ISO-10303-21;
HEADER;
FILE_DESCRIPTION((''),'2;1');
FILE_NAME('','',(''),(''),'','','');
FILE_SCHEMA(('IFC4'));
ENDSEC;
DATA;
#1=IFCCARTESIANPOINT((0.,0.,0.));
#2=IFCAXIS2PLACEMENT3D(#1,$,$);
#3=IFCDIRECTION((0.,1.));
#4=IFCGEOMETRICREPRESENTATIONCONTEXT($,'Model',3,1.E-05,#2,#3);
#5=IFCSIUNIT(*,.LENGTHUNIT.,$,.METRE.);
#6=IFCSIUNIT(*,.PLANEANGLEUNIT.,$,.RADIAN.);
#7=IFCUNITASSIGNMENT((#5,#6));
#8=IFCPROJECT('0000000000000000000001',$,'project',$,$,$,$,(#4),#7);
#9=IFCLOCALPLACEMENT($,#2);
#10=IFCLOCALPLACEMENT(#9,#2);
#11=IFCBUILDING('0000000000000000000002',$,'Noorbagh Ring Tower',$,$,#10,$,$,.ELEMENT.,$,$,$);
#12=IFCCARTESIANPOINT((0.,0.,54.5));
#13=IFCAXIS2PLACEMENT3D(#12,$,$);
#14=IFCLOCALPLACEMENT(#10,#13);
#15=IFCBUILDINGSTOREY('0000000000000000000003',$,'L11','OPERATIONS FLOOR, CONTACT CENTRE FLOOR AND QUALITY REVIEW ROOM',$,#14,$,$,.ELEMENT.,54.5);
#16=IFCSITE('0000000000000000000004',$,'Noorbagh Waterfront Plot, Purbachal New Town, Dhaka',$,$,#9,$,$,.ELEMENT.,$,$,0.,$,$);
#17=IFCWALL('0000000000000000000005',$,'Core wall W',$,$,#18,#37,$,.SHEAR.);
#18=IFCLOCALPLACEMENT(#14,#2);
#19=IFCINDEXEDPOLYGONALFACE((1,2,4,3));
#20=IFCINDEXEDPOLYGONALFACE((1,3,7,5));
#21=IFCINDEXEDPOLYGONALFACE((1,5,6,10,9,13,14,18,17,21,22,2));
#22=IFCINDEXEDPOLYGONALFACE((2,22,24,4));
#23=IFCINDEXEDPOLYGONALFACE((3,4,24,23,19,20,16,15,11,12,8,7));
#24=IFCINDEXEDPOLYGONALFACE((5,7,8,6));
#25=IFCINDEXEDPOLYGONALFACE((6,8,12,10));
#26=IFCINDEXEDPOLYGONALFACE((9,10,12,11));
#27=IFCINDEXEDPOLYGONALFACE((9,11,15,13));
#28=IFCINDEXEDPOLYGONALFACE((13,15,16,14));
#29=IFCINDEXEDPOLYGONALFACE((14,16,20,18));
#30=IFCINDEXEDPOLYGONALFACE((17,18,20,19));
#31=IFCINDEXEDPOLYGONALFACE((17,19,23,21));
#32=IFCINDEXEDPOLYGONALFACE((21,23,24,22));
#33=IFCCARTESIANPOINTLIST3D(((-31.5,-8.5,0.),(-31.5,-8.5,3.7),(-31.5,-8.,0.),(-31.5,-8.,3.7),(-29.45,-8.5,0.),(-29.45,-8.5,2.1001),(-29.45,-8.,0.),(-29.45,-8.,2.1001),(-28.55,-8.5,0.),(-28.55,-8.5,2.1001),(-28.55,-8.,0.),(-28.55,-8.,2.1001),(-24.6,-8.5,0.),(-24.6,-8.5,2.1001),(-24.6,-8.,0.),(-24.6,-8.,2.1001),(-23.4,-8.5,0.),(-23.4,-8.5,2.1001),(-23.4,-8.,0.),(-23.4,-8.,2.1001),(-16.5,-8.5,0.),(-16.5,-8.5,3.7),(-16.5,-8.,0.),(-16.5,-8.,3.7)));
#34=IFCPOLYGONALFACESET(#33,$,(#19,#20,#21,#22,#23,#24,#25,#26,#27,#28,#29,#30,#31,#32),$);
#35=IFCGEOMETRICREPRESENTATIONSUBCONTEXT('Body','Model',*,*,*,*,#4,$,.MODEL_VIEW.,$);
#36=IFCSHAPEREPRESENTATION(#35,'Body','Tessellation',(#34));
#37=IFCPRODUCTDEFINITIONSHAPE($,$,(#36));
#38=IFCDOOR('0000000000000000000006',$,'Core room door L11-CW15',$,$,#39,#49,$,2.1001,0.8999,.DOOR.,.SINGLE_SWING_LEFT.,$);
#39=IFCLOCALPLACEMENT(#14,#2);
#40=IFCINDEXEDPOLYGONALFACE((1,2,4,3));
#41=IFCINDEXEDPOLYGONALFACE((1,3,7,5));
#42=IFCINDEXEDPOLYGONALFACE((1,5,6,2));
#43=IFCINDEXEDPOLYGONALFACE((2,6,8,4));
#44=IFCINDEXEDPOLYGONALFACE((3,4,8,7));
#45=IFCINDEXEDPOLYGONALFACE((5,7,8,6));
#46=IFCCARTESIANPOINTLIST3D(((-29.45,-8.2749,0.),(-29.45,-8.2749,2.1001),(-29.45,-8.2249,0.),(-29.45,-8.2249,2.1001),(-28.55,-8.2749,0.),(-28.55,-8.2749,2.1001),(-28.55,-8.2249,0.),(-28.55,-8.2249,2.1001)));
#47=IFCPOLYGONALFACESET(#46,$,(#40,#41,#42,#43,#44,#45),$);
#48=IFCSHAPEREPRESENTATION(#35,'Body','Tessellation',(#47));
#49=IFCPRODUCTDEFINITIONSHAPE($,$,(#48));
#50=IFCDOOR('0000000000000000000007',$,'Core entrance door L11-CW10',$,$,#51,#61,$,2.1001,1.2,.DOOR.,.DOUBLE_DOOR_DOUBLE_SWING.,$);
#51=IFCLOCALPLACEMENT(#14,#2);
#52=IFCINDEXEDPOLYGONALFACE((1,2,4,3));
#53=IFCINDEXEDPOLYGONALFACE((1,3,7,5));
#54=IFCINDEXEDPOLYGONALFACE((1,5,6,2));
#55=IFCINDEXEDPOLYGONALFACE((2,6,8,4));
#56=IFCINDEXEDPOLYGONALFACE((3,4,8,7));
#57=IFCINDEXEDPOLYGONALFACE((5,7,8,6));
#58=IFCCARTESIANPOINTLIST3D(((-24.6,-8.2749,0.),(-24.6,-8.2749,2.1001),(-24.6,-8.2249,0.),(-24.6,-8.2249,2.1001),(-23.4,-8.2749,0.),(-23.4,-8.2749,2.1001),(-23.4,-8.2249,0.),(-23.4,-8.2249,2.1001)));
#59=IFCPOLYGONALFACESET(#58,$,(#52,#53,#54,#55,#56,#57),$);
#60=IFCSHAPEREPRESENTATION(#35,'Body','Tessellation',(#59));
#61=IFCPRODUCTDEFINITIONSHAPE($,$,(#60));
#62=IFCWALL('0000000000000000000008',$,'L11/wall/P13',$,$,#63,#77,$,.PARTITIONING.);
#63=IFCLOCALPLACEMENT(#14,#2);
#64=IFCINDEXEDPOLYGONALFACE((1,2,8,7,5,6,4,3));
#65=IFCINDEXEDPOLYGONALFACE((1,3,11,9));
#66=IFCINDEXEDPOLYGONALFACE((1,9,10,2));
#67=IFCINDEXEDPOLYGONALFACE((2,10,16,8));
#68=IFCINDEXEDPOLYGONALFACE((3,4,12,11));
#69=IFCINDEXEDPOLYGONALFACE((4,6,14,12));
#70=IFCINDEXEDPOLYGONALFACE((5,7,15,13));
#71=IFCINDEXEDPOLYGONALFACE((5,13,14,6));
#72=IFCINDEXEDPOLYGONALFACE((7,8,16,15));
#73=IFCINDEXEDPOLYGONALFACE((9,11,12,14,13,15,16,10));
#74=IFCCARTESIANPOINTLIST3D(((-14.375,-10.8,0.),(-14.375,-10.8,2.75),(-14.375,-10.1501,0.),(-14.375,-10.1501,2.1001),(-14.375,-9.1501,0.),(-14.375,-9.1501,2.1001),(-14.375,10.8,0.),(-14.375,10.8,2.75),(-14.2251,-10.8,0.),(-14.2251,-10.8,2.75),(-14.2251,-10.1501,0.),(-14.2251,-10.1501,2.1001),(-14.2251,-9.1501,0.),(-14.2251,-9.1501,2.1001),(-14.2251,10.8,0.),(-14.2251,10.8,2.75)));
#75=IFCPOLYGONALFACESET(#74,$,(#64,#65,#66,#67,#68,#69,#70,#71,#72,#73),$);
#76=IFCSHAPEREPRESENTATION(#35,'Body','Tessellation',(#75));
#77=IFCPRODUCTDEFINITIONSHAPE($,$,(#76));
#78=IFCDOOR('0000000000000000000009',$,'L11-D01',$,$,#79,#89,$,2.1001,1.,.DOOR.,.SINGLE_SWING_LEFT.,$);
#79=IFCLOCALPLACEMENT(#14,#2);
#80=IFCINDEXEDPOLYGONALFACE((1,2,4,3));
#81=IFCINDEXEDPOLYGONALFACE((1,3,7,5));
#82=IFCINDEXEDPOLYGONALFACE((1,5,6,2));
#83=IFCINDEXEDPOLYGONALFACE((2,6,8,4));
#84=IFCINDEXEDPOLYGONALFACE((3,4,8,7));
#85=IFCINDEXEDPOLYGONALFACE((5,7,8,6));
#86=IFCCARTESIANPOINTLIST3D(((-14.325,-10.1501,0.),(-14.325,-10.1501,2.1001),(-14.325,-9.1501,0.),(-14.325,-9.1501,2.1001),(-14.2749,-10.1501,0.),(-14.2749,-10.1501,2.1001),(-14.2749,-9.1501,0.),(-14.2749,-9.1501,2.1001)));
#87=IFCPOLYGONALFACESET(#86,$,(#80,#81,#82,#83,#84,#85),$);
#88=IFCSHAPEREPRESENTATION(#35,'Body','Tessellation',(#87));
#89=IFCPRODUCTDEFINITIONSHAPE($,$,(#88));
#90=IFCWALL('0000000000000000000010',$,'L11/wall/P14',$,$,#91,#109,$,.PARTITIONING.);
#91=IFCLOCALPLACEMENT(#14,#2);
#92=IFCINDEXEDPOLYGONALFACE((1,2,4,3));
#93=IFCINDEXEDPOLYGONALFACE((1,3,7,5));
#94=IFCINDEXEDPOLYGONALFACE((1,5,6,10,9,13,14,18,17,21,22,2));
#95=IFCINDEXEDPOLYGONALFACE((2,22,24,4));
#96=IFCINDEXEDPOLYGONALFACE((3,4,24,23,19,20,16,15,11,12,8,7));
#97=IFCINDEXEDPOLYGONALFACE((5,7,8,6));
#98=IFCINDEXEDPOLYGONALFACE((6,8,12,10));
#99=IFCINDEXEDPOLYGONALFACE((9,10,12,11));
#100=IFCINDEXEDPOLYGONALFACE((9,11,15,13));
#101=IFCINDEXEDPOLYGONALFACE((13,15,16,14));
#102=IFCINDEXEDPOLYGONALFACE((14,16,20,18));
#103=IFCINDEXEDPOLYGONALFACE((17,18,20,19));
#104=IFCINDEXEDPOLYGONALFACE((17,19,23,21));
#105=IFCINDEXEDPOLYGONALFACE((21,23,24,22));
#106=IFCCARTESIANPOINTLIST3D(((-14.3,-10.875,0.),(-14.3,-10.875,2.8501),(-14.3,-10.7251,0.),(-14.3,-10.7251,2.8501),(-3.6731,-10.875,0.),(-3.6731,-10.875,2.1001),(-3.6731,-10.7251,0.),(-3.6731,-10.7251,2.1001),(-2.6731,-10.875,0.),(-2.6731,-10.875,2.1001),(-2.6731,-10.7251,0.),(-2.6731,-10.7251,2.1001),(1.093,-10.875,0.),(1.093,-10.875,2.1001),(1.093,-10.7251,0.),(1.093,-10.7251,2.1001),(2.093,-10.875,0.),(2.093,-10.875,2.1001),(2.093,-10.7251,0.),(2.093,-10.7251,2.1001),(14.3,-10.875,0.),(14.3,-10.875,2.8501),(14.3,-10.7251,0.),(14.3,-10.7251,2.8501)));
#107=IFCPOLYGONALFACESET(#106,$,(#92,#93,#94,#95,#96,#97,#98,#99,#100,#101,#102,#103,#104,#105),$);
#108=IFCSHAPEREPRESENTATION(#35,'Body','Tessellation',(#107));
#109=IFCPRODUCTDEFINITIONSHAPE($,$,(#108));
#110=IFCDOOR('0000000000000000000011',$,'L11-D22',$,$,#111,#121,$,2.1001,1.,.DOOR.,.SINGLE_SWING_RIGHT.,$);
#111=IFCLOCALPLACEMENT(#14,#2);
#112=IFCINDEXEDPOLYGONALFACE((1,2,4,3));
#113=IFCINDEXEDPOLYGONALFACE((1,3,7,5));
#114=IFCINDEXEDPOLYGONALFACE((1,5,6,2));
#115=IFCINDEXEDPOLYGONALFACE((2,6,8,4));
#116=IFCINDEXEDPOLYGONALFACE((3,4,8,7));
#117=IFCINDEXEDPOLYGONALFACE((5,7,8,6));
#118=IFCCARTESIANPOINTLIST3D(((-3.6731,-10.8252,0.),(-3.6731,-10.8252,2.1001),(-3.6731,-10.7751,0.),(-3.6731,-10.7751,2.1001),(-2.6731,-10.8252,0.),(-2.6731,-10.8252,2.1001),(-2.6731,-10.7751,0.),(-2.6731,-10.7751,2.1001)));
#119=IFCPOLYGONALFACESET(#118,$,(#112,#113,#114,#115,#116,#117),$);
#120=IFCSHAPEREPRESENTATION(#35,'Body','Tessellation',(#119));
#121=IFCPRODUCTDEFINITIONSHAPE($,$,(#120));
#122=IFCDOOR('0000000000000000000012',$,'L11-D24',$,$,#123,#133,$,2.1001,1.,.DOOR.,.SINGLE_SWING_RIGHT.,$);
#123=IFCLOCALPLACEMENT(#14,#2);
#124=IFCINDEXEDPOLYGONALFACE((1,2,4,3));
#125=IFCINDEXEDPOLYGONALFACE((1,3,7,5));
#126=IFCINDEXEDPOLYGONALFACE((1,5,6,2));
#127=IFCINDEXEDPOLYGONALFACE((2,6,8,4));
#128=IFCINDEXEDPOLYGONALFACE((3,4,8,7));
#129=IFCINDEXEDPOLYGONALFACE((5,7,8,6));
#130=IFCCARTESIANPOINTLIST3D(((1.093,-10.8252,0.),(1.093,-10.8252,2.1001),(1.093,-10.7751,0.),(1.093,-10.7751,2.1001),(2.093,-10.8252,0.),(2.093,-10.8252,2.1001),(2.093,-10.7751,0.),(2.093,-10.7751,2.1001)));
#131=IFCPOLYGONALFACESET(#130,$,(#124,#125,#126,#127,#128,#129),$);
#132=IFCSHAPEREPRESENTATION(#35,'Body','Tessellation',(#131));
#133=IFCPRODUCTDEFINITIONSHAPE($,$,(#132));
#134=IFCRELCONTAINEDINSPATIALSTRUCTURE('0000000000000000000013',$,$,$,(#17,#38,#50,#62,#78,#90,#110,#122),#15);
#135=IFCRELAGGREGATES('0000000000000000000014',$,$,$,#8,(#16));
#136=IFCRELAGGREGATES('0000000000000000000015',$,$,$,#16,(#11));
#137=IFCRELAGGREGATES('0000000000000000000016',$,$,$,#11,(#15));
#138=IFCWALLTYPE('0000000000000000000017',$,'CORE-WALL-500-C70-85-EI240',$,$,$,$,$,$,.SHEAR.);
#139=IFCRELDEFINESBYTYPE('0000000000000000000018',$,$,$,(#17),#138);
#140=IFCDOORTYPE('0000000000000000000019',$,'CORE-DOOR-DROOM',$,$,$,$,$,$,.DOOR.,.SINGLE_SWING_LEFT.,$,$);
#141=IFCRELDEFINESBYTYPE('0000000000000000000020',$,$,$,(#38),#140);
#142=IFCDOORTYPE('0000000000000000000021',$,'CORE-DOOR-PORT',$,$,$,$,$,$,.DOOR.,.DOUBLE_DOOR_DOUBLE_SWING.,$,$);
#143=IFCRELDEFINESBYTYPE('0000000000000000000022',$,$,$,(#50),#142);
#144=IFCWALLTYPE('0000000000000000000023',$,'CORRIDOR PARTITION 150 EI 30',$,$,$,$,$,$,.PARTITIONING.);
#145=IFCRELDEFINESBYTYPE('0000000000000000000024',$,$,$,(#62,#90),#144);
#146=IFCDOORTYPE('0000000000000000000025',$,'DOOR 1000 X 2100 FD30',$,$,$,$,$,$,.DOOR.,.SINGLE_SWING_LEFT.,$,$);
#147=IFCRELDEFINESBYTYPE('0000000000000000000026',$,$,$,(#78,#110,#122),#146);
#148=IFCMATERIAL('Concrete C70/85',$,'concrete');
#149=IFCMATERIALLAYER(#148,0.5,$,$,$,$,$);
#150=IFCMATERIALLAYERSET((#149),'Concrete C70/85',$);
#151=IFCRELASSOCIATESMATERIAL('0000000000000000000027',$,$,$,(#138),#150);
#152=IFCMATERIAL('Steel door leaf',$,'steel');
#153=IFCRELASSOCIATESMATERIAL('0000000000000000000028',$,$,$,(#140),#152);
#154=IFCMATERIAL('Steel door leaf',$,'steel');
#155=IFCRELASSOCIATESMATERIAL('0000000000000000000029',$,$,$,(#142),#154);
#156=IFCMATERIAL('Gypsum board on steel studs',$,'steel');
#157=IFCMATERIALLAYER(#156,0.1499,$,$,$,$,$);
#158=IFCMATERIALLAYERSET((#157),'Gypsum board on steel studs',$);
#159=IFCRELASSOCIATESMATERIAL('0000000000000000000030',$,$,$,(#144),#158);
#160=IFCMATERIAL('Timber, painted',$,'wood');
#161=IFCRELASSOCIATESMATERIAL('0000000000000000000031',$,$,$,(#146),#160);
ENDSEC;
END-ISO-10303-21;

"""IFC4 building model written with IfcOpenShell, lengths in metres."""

from ifc_helpers import new_model, si_unit, direction, frame, frame_2d, origin, place, context, subcontext, project, spatial, rectangle, extrude, material, layer, layer_set, type_object, element, fill, save


model = new_model("IFC4")

# Units and contexts
model_context = context("Model", 3, precision=1e-05, world=origin(), true_north=direction((0.0, 1.0)))
body_context = subcontext(model_context, "Body", "Model", "MODEL_VIEW")
ifc_project = project(units=[si_unit("LENGTHUNIT", "METRE"), si_unit("PLANEANGLEUNIT", "RADIAN")], contexts=[model_context])

# Site, building, storey
site_placement = place(None, origin())
site = spatial("IfcSite", under=ifc_project, at=site_placement, Name="Noorbagh Waterfront Plot, Purbachal New Town, Dhaka", CompositionType="ELEMENT", RefElevation=0.0)
building_placement = place(site_placement, origin())
building = spatial("IfcBuilding", under=site, at=building_placement, Name="Noorbagh Ring Tower", CompositionType="ELEMENT")
storey_placement = place(building_placement, frame((0.0, 0.0, 54.5)))
storey = spatial("IfcBuildingStorey", under=building, at=storey_placement, Name="L11", Description="OPERATIONS FLOOR, CONTACT CENTRE FLOOR AND QUALITY REVIEW ROOM", CompositionType="ELEMENT", Elevation=54.5)

# Wall, openings, doors
ifc_material_1 = material(Name="Concrete C70/85", Category="concrete")
ifc_layer_1 = layer(ifc_material_1, 0.5)
ifc_layer_set_1 = layer_set([ifc_layer_1], Name="Concrete C70/85")
wall_type_1 = type_object("IfcWallType", Name="CORE-WALL-500-C70-85-EI240", PredefinedType="SHEAR", material=ifc_layer_set_1)
wall_1_placement = place(storey_placement, frame((-16.5, -8.25, 0.0), z_axis=(0.0, 0.0, 1.0), x_axis=(-1.0, 0.0, 0.0)))
wall_1 = element("IfcWall", 1, at=wall_1_placement, inside=storey, type_object=wall_type_1, Name="Core wall W", PredefinedType="SHEAR", context=body_context, shape_type="SweptSolid", body=[
    extrude(rectangle(XDim=15.0, YDim=0.5, at=frame_2d((7.5, 0.0))), origin(), (0.0, 0.0, 1.0), 3.7),
])
opening_1_placement = place(wall_1_placement, frame((6.8999, 0.0, 0.0)))
opening_1 = element("IfcOpeningElement", 2, at=opening_1_placement, cuts=wall_1, PredefinedType="OPENING", context=body_context, shape_type="SweptSolid", body=[
    extrude(rectangle(XDim=1.2, YDim=2.1001, at=frame_2d((0.6001, 1.05))), frame((0.0, 0.26, 0.0), z_axis=(0.0, -1.0, 0.0), x_axis=(1.0, 0.0, 0.0)), (0.0, 0.0, 1.0), 0.52),
])
opening_2_placement = place(wall_1_placement, frame((12.05, 0.0, 0.0)))
opening_2 = element("IfcOpeningElement", 3, at=opening_2_placement, cuts=wall_1, PredefinedType="OPENING", context=body_context, shape_type="SweptSolid", body=[
    extrude(rectangle(XDim=0.8999, YDim=2.1001, at=frame_2d((0.45, 1.05))), frame((0.0, 0.26, 0.0), z_axis=(0.0, -1.0, 0.0), x_axis=(1.0, 0.0, 0.0)), (0.0, 0.0, 1.0), 0.52),
])
ifc_material_2 = material(Name="Steel door leaf", Category="steel")
door_type_1 = type_object("IfcDoorType", Name="CORE-DOOR-DROOM", OperationType="SINGLE_SWING_LEFT", PredefinedType="DOOR", material=ifc_material_2)
door_1_placement = place(opening_2_placement, origin())
door_1 = element("IfcDoor", 4, at=door_1_placement, inside=storey, type_object=door_type_1, Name="Core room door L11-CW15", OperationType="SINGLE_SWING_LEFT", OverallHeight=2.1001, OverallWidth=0.8999, PredefinedType="DOOR", context=body_context, shape_type="SweptSolid", body=[
    extrude(rectangle(XDim=0.8999, YDim=2.1001, at=frame_2d((0.45, 1.05))), frame((0.0, 0.0249, 0.0), z_axis=(0.0, -1.0, 0.0), x_axis=(1.0, 0.0, 0.0)), (0.0, 0.0, 1.0), 0.05),
])
fill(opening_2, door_1)
ifc_material_3 = material(Name="Steel door leaf", Category="steel")
door_type_2 = type_object("IfcDoorType", Name="CORE-DOOR-PORT", OperationType="DOUBLE_DOOR_DOUBLE_SWING", PredefinedType="DOOR", material=ifc_material_3)
door_2_placement = place(opening_1_placement, origin())
door_2 = element("IfcDoor", 5, at=door_2_placement, inside=storey, type_object=door_type_2, Name="Core entrance door L11-CW10", OperationType="DOUBLE_DOOR_DOUBLE_SWING", OverallHeight=2.1001, OverallWidth=1.2, PredefinedType="DOOR", context=body_context, shape_type="SweptSolid", body=[
    extrude(rectangle(XDim=1.2, YDim=2.1001, at=frame_2d((0.6001, 1.05))), frame((0.0, 0.0249, 0.0), z_axis=(0.0, -1.0, 0.0), x_axis=(1.0, 0.0, 0.0)), (0.0, 0.0, 1.0), 0.05),
])
fill(opening_1, door_2)

# Wall, opening, door
ifc_material_4 = material(Name="Gypsum board on steel studs", Category="steel")
ifc_layer_2 = layer(ifc_material_4, 0.1499)
ifc_layer_set_2 = layer_set([ifc_layer_2], Name="Gypsum board on steel studs")
wall_type_2 = type_object("IfcWallType", Name="CORRIDOR PARTITION 150 EI 30", PredefinedType="PARTITIONING", material=ifc_layer_set_2)
wall_2_placement = place(storey_placement, frame((-14.3, -10.8, 0.0), z_axis=(0.0, 0.0, 1.0), x_axis=(0.0, 1.0, 0.0)))
wall_2 = element("IfcWall", 6, at=wall_2_placement, inside=storey, type_object=wall_type_2, Name="L11/wall/P13", PredefinedType="PARTITIONING", context=body_context, shape_type="SweptSolid", body=[
    extrude(rectangle(XDim=21.6001, YDim=0.1499, at=frame_2d((10.8, 0.0))), origin(), (0.0, 0.0, 1.0), 2.75),
])
opening_3_placement = place(wall_2_placement, frame((0.6499, 0.0, 0.0)))
opening_3 = element("IfcOpeningElement", 7, at=opening_3_placement, cuts=wall_2, PredefinedType="OPENING", context=body_context, shape_type="SweptSolid", body=[
    extrude(rectangle(XDim=1.0, YDim=2.1001, at=frame_2d((0.5, 1.05))), frame((0.0, 0.085, 0.0), z_axis=(0.0, -1.0, 0.0), x_axis=(1.0, 0.0, 0.0)), (0.0, 0.0, 1.0), 0.1699),
])
ifc_material_5 = material(Name="Timber, painted", Category="wood")
door_type_3 = type_object("IfcDoorType", Name="DOOR 1000 X 2100 FD30", OperationType="SINGLE_SWING_LEFT", PredefinedType="DOOR", material=ifc_material_5)
door_3_placement = place(opening_3_placement, origin())
door_3 = element("IfcDoor", 8, at=door_3_placement, inside=storey, type_object=door_type_3, Name="L11-D01", OperationType="SINGLE_SWING_LEFT", OverallHeight=2.1001, OverallWidth=1.0, PredefinedType="DOOR", context=body_context, shape_type="SweptSolid", body=[
    extrude(rectangle(XDim=1.0, YDim=2.1001, at=frame_2d((0.5, 1.05))), frame((0.0, 0.0249, 0.0), z_axis=(0.0, -1.0, 0.0), x_axis=(1.0, 0.0, 0.0)), (0.0, 0.0, 1.0), 0.05),
])
fill(opening_3, door_3)

# Wall, openings, doors
wall_3_placement = place(storey_placement, frame((-14.3, -10.8, 0.0), z_axis=(0.0, 0.0, 1.0), x_axis=(1.0, 0.0, 0.0)))
wall_3 = element("IfcWall", 9, at=wall_3_placement, inside=storey, type_object=wall_type_2, Name="L11/wall/P14", PredefinedType="PARTITIONING", context=body_context, shape_type="SweptSolid", body=[
    extrude(rectangle(XDim=28.6001, YDim=0.1499, at=frame_2d((14.3, 0.0))), origin(), (0.0, 0.0, 1.0), 2.8501),
])
opening_4_placement = place(wall_3_placement, frame((10.627, 0.0, 0.0)))
opening_4 = element("IfcOpeningElement", 10, at=opening_4_placement, cuts=wall_3, PredefinedType="OPENING", context=body_context, shape_type="SweptSolid", body=[
    extrude(rectangle(XDim=1.0, YDim=2.1001, at=frame_2d((0.5, 1.05))), frame((0.0, 0.085, 0.0), z_axis=(0.0, -1.0, 0.0), x_axis=(1.0, 0.0, 0.0)), (0.0, 0.0, 1.0), 0.1699),
])
opening_5_placement = place(wall_3_placement, frame((15.3931, 0.0, 0.0)))
opening_5 = element("IfcOpeningElement", 11, at=opening_5_placement, cuts=wall_3, PredefinedType="OPENING", context=body_context, shape_type="SweptSolid", body=[
    extrude(rectangle(XDim=1.0, YDim=2.1001, at=frame_2d((0.5, 1.05))), frame((0.0, 0.085, 0.0), z_axis=(0.0, -1.0, 0.0), x_axis=(1.0, 0.0, 0.0)), (0.0, 0.0, 1.0), 0.1699),
])
door_4_placement = place(opening_4_placement, origin())
door_4 = element("IfcDoor", 12, at=door_4_placement, inside=storey, type_object=door_type_3, Name="L11-D22", OperationType="SINGLE_SWING_RIGHT", OverallHeight=2.1001, OverallWidth=1.0, PredefinedType="DOOR", context=body_context, shape_type="SweptSolid", body=[
    extrude(rectangle(XDim=1.0, YDim=2.1001, at=frame_2d((0.5, 1.05))), frame((0.0, 0.0249, 0.0), z_axis=(0.0, -1.0, 0.0), x_axis=(1.0, 0.0, 0.0)), (0.0, 0.0, 1.0), 0.05),
])
fill(opening_4, door_4)
door_5_placement = place(opening_5_placement, origin())
door_5 = element("IfcDoor", 13, at=door_5_placement, inside=storey, type_object=door_type_3, Name="L11-D24", OperationType="SINGLE_SWING_RIGHT", OverallHeight=2.1001, OverallWidth=1.0, PredefinedType="DOOR", context=body_context, shape_type="SweptSolid", body=[
    extrude(rectangle(XDim=1.0, YDim=2.1001, at=frame_2d((0.5, 1.05))), frame((0.0, 0.0249, 0.0), z_axis=(0.0, -1.0, 0.0), x_axis=(1.0, 0.0, 0.0)), (0.0, 0.0, 1.0), 0.05),
])
fill(opening_5, door_5)

save(model, "model.ifc")
